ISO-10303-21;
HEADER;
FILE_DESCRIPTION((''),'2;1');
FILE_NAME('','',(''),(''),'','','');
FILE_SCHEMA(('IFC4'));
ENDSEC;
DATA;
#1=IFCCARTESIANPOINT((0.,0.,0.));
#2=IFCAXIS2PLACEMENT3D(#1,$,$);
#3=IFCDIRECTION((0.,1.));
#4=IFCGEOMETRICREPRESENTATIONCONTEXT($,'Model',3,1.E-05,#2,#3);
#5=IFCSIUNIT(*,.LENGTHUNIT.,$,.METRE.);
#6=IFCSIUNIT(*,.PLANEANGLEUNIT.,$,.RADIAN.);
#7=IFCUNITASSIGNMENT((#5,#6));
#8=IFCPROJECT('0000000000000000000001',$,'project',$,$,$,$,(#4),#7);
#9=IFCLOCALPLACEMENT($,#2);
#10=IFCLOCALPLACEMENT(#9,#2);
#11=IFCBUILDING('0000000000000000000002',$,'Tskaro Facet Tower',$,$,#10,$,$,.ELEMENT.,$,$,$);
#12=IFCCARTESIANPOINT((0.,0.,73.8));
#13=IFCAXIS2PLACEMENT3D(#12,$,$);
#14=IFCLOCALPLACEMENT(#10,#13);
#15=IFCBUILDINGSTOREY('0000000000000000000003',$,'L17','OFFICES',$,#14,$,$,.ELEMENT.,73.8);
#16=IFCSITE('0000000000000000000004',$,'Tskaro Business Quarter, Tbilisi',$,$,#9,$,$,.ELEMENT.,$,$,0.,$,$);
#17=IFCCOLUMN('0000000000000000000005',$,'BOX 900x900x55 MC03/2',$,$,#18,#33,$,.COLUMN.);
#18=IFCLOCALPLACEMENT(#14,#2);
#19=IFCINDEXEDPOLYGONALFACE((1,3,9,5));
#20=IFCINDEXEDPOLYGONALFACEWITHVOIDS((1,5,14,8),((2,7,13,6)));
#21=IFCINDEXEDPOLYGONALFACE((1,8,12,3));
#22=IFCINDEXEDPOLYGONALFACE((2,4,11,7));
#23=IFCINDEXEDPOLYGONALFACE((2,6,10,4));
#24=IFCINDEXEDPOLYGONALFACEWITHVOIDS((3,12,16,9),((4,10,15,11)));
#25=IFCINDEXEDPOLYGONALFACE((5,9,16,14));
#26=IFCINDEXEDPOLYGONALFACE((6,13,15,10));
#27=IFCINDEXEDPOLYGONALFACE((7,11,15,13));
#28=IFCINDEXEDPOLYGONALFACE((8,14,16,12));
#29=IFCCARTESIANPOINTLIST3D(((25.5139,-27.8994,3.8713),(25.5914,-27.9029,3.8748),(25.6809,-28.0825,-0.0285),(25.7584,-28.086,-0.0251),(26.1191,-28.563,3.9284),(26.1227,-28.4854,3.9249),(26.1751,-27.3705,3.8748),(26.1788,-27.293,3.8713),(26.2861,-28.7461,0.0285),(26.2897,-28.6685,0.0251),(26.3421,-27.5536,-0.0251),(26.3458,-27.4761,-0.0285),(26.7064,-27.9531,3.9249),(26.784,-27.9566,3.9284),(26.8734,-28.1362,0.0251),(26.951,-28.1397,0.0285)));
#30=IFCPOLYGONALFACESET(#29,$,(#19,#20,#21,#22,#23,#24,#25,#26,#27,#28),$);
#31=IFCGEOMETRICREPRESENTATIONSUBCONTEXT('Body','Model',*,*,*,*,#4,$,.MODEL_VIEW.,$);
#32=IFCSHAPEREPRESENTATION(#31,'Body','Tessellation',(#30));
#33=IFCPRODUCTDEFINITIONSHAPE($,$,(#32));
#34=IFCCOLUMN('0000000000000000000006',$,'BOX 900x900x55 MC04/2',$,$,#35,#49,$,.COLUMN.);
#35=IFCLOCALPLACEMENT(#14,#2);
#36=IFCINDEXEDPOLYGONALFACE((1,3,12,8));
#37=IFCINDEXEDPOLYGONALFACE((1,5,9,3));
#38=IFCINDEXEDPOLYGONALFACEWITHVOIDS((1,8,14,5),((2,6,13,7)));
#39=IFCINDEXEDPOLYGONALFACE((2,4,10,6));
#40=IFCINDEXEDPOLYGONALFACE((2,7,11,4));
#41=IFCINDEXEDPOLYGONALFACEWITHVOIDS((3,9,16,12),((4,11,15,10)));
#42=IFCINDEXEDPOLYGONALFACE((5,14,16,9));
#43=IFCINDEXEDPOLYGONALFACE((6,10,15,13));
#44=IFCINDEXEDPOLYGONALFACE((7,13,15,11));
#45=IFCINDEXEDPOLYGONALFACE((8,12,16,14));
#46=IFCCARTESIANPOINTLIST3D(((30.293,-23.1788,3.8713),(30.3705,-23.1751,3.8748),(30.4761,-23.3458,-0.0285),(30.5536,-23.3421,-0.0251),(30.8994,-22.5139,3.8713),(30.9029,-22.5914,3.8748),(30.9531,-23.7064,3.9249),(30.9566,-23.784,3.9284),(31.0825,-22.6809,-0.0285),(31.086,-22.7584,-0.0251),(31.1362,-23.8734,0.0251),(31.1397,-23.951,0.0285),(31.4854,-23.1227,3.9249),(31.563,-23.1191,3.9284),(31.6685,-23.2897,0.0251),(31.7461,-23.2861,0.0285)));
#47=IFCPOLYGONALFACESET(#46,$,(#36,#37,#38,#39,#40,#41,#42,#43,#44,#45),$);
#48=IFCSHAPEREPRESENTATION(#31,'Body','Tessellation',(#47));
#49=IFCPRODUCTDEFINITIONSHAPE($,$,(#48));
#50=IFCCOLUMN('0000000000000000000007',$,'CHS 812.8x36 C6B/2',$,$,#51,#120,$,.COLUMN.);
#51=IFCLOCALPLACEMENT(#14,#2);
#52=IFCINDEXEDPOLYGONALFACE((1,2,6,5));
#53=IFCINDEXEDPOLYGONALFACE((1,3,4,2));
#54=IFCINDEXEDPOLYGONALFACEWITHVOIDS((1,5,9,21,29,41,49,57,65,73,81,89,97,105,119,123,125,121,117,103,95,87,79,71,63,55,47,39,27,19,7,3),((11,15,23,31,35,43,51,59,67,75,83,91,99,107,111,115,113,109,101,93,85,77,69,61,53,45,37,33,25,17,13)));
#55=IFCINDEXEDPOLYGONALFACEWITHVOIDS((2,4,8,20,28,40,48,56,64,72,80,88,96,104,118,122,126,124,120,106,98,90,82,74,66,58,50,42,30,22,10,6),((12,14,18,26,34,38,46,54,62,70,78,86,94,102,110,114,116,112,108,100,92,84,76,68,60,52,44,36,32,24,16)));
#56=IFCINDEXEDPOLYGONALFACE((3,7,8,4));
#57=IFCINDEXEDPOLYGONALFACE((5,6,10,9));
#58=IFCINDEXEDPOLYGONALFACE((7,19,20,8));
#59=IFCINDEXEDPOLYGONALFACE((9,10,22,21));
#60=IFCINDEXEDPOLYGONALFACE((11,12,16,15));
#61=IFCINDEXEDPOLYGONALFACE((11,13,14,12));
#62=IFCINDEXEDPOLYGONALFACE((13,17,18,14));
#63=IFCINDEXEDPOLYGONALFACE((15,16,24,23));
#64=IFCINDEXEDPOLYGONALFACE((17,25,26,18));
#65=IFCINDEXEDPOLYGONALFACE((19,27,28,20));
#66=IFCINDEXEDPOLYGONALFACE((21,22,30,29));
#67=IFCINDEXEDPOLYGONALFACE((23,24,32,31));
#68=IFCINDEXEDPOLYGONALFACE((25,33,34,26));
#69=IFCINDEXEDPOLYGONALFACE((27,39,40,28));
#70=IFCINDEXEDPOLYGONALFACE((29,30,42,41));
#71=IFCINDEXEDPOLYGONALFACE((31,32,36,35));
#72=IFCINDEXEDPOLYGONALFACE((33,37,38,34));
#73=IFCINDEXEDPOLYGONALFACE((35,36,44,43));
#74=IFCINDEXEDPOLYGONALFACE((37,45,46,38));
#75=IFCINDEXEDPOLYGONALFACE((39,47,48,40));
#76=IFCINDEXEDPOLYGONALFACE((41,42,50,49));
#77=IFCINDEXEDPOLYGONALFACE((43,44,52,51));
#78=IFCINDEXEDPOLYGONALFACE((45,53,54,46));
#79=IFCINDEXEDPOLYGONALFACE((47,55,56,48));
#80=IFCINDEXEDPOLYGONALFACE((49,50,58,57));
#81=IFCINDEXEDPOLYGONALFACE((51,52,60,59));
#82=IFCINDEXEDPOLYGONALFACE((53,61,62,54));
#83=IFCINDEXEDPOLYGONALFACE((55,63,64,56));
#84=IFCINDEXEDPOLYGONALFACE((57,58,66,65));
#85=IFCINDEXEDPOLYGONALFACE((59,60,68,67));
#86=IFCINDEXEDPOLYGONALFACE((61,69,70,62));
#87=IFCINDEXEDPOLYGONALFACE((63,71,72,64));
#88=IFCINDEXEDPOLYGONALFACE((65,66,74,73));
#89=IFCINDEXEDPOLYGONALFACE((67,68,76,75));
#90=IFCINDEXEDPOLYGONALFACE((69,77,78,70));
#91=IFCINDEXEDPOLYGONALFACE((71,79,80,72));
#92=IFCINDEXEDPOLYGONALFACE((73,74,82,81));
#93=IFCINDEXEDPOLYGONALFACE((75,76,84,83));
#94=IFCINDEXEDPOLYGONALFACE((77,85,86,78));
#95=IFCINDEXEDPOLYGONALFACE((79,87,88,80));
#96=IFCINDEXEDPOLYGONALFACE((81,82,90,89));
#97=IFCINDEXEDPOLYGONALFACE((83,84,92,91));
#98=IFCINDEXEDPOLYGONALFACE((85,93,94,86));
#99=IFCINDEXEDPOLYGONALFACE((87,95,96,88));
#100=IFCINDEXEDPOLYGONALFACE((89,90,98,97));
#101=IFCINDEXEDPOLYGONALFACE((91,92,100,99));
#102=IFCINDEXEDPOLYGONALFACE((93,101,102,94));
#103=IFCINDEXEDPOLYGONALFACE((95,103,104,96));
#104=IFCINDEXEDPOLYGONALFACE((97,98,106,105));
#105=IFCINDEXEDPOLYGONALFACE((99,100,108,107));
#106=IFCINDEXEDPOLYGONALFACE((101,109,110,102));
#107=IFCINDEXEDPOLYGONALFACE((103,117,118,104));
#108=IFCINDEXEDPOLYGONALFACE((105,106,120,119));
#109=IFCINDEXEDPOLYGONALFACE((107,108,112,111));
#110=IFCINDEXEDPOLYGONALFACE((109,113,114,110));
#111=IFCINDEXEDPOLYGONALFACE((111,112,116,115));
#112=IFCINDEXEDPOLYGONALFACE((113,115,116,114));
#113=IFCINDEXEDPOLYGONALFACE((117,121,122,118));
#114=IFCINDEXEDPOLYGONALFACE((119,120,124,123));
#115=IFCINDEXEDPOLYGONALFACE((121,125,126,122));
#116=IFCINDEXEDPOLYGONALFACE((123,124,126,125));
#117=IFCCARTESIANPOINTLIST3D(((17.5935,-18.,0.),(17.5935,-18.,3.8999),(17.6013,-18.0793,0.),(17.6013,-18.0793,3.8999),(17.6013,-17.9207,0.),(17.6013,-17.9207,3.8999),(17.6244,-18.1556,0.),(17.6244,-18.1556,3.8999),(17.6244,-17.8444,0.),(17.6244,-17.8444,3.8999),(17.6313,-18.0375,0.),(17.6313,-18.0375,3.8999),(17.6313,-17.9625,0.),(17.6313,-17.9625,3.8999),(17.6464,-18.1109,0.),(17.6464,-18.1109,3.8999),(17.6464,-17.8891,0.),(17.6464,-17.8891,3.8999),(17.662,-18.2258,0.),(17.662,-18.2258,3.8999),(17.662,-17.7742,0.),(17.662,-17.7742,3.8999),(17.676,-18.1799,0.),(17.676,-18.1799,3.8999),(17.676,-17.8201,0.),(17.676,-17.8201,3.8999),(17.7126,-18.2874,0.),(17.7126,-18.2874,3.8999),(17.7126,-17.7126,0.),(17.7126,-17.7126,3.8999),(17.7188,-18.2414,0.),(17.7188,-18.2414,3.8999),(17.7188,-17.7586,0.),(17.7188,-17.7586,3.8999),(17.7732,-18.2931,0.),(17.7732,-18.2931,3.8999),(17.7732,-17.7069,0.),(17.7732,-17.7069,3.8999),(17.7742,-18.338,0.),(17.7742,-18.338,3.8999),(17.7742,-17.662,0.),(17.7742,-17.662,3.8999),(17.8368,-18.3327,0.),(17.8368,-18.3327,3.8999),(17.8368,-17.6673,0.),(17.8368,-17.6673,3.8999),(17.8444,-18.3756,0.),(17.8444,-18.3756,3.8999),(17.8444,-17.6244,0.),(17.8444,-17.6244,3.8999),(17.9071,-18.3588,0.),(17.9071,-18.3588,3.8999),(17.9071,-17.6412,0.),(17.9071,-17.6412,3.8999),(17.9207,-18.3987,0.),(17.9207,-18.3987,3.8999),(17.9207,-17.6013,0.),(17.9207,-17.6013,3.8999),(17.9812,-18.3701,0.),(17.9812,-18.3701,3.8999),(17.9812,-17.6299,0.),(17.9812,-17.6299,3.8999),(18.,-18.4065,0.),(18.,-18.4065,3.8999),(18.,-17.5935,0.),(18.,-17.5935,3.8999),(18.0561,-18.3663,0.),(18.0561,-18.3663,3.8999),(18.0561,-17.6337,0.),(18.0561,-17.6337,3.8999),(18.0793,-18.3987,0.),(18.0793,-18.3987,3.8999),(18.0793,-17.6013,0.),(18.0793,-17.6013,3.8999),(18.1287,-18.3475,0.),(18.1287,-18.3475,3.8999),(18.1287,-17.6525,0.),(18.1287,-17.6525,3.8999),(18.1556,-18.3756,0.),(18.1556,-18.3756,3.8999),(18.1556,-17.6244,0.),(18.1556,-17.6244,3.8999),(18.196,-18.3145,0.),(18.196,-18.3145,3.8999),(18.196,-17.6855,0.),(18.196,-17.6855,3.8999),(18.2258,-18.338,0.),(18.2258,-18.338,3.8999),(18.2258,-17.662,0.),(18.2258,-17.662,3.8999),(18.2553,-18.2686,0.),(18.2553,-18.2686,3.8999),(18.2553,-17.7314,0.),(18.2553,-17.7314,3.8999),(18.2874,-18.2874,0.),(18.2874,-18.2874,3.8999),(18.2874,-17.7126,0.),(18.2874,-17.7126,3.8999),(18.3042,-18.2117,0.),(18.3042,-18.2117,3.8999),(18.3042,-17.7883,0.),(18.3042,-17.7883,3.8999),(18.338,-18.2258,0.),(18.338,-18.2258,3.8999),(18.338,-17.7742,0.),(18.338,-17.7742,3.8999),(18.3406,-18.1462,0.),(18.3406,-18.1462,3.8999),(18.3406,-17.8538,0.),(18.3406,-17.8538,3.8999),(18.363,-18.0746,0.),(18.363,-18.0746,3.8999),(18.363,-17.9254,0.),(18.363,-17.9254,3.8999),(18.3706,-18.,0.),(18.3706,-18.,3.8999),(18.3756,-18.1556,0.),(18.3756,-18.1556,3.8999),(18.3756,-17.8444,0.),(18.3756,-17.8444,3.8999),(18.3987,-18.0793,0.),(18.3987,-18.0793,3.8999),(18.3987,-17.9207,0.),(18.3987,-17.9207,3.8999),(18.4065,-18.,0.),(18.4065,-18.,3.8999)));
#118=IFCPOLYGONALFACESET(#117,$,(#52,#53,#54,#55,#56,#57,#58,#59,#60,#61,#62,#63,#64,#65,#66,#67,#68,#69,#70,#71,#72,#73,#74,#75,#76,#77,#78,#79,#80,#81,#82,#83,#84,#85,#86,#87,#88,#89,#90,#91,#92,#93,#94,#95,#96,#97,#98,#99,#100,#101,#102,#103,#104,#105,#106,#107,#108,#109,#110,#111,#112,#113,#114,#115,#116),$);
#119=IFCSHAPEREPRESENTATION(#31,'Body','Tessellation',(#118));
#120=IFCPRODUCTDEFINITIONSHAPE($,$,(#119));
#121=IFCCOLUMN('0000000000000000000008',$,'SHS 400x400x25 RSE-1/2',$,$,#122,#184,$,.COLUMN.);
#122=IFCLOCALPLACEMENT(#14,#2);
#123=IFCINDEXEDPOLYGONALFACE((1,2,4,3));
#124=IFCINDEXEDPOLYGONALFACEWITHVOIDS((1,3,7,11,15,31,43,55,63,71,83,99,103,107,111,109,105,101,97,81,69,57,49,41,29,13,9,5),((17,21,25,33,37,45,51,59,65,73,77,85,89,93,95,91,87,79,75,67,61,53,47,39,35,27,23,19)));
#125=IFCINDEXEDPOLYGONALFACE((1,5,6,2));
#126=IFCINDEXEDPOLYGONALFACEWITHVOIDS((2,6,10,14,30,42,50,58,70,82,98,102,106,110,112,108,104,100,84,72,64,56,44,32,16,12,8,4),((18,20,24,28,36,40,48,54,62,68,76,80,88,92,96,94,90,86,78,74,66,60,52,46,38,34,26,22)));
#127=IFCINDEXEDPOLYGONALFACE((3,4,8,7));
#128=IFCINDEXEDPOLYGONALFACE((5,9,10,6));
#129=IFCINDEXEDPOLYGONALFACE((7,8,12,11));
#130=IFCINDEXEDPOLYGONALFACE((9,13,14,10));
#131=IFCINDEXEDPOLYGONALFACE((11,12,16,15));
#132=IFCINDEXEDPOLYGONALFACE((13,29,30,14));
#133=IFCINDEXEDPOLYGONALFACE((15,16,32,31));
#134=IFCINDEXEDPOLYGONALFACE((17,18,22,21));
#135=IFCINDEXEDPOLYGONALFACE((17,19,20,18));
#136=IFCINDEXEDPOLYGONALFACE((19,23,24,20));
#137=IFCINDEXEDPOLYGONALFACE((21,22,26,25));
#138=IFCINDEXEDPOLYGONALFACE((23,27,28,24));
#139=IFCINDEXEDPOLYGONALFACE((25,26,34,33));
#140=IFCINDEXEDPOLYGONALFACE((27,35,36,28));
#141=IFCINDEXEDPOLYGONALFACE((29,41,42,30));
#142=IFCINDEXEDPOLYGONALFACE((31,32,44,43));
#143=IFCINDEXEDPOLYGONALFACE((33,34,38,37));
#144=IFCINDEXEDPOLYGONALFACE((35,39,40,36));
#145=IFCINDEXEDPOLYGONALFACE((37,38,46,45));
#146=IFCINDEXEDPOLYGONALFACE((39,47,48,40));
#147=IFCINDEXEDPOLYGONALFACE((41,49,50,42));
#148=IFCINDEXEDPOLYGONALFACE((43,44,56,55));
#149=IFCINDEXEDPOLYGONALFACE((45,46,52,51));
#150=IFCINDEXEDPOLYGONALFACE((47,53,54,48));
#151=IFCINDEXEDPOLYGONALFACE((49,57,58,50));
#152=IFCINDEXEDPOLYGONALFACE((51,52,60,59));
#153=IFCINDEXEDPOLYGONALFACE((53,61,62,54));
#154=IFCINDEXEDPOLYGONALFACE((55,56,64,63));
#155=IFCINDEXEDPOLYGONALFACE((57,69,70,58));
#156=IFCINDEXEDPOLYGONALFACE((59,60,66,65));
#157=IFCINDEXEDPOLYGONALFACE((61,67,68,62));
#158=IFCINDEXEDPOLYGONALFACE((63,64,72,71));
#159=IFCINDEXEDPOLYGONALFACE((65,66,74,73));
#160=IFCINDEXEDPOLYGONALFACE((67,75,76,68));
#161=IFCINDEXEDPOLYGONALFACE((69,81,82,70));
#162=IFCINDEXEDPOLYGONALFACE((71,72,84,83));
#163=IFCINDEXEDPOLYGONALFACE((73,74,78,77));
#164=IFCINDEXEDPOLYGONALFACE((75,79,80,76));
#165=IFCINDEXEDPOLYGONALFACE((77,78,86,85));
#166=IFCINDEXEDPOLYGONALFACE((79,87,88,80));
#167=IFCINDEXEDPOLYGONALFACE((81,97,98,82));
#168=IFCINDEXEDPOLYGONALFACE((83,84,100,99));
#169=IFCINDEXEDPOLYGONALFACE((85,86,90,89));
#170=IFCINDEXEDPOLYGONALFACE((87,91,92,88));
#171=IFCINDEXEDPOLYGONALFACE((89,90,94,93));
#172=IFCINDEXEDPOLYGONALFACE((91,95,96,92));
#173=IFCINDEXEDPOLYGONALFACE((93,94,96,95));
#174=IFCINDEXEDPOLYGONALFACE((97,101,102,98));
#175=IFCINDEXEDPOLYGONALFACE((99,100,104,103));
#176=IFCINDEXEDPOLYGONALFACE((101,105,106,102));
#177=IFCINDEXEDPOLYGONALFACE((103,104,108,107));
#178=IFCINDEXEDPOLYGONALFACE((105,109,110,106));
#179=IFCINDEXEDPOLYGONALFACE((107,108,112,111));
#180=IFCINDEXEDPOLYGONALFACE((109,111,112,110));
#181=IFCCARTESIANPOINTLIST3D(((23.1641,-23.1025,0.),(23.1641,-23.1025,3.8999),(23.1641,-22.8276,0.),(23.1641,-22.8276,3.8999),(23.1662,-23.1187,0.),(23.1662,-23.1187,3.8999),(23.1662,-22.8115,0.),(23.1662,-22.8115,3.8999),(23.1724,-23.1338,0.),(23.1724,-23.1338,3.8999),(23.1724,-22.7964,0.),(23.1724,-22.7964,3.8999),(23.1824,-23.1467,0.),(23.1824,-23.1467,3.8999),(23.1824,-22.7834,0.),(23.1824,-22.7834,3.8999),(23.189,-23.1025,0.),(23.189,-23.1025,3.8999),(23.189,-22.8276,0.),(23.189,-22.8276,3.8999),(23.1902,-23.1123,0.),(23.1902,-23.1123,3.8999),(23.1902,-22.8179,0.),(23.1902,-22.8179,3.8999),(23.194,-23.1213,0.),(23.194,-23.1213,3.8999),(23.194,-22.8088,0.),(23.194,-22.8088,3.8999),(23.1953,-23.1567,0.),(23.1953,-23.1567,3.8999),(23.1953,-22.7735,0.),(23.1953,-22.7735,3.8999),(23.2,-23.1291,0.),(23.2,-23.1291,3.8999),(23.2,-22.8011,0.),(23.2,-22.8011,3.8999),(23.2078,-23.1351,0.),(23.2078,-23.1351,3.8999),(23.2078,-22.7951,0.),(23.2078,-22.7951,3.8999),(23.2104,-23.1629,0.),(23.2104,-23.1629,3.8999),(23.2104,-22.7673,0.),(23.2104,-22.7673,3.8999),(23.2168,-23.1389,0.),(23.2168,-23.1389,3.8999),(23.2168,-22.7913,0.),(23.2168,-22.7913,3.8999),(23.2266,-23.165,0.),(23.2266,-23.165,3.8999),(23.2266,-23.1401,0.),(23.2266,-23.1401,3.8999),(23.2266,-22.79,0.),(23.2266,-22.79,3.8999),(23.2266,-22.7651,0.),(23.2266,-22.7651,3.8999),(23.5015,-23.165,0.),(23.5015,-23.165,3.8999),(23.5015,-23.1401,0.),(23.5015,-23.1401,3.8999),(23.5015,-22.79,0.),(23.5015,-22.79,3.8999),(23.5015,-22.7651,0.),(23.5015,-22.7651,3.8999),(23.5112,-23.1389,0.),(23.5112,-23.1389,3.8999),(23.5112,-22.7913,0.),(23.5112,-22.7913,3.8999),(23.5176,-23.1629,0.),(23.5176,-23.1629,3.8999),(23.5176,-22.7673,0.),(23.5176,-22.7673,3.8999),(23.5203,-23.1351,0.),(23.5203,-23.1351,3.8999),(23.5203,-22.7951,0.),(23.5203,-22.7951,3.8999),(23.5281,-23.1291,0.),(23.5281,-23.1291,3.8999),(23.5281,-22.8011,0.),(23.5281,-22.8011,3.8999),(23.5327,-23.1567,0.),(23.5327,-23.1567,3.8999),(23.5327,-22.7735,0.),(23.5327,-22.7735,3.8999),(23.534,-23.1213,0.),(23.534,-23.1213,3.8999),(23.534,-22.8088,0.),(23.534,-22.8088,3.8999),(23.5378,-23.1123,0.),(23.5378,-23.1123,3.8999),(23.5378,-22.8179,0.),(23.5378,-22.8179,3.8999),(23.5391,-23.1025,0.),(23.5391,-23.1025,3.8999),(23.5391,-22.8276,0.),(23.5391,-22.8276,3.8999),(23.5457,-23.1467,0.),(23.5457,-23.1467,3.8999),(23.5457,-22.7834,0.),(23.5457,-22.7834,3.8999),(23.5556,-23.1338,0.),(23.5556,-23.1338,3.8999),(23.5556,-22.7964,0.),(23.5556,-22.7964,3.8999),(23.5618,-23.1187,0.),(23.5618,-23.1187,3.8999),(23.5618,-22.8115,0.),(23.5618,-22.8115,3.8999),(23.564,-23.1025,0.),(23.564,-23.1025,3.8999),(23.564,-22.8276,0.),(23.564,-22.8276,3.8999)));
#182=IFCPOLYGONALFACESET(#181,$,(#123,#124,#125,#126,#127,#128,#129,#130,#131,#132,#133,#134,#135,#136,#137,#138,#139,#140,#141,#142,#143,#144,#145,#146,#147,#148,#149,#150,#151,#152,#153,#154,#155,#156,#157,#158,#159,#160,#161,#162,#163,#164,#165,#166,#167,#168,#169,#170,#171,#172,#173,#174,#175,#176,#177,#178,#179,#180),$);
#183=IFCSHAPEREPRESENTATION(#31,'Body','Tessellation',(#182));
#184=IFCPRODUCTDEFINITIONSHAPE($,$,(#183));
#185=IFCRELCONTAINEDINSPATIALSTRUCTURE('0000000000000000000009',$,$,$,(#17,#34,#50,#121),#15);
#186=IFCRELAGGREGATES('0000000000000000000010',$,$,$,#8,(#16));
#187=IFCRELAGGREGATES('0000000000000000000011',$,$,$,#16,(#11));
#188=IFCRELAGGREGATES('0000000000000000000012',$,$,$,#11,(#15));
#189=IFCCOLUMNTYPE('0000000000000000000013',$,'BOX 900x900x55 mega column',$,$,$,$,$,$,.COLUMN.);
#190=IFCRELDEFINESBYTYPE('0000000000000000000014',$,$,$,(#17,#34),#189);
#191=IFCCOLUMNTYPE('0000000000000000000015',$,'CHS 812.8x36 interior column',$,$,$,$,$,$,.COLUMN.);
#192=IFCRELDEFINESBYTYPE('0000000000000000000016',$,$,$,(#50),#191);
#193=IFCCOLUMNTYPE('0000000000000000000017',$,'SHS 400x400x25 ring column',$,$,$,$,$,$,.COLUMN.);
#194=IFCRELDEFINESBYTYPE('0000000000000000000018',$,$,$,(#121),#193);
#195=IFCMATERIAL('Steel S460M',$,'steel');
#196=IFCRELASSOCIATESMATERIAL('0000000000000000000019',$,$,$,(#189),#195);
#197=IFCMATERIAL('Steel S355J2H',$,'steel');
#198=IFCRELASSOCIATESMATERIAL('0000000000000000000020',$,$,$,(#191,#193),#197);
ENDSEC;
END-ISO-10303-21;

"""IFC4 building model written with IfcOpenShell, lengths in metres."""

from ifc_helpers import new_model, si_unit, direction, frame, origin, origin_2d, place, context, subcontext, project, spatial, hollow_rectangle, hollow_circle, extrude, material, material_profile, profile_set, type_object, element, save


model = new_model("IFC4")

# Units and contexts
model_context = context("Model", 3, precision=1e-05, world=origin(), true_north=direction((0.0, 1.0)))
body_context = subcontext(model_context, "Body", "Model", "MODEL_VIEW")
ifc_project = project(units=[si_unit("LENGTHUNIT", "METRE"), si_unit("PLANEANGLEUNIT", "RADIAN")], contexts=[model_context])

# Site, building, storey
site_placement = place(None, origin())
site = spatial("IfcSite", under=ifc_project, at=site_placement, Name="Tskaro Business Quarter, Tbilisi", CompositionType="ELEMENT", RefElevation=0.0)
building_placement = place(site_placement, origin())
building = spatial("IfcBuilding", under=site, at=building_placement, Name="Tskaro Facet Tower", CompositionType="ELEMENT")
storey_placement = place(building_placement, frame((0.0, 0.0, 73.8)))
storey = spatial("IfcBuildingStorey", under=building, at=storey_placement, Name="L17", Description="OFFICES", CompositionType="ELEMENT", Elevation=73.8)

# Columns
ifc_material_1 = material(Name="Steel S460M", Category="steel")
ifc_material_profile_1 = material_profile(ifc_material_1, hollow_rectangle(XDim=0.8999, YDim=0.8999, WallThickness=0.0549, at=origin_2d()), Name="BOX 900x900x55")
ifc_profile_set_1 = profile_set([ifc_material_profile_1], Name="Steel S460M")
column_type_1 = type_object("IfcColumnType", Name="BOX 900x900x55 mega column", PredefinedType="COLUMN", material=ifc_profile_set_1)
for number, where, z_axis, x_axis, name in (
    (1, (26.3159, -28.1111, 0.0), (-0.042733, 0.046857, 0.997987), (-0.738869, -0.673849, 0.0), "BOX 900x900x55 MC03/2"),
    (2, (31.1111, -23.3159, 0.0), (-0.046857, 0.042733, 0.997987), (-0.673849, -0.738869, 0.0), "BOX 900x900x55 MC04/2"),
):
    element("IfcColumn", number, at=place(storey_placement, frame(where, z_axis=z_axis, x_axis=x_axis)), inside=storey, type_object=column_type_1, Name=name, PredefinedType="COLUMN", context=body_context, shape_type="SweptSolid", body=[
        extrude(hollow_rectangle(XDim=0.8999, YDim=0.8999, WallThickness=0.0549, at=origin_2d()), origin(), (0.0, 0.0, 1.0), 3.9077),
    ])
ifc_material_2 = material(Name="Steel S355J2H", Category="steel")
ifc_material_profile_2 = material_profile(ifc_material_2, hollow_circle(Radius=0.4065, WallThickness=0.0359, at=origin_2d()), Name="CHS 812.8x36")
ifc_profile_set_2 = profile_set([ifc_material_profile_2], Name="Steel S355J2H")
column_type_2 = type_object("IfcColumnType", Name="CHS 812.8x36 interior column", PredefinedType="COLUMN", material=ifc_profile_set_2)
column_placement = place(storey_placement, frame((18.0, -18.0, 0.0), z_axis=(0.0, 0.0, 1.0), x_axis=(1.0, 0.0, 0.0)))
element("IfcColumn", 3, at=column_placement, inside=storey, type_object=column_type_2, Name="CHS 812.8x36 C6B/2", PredefinedType="COLUMN", context=body_context, shape_type="SweptSolid", body=[
    extrude(hollow_circle(Radius=0.4065, WallThickness=0.0359, at=origin_2d()), origin(), (0.0, 0.0, 1.0), 3.8999),
])
ifc_material_profile_3 = material_profile(ifc_material_2, hollow_rectangle(XDim=0.3999, YDim=0.3999, WallThickness=0.0249, InnerFilletRadius=0.0376, OuterFilletRadius=0.0625, at=origin_2d()), Name="SHS 400x400x25")
ifc_profile_set_3 = profile_set([ifc_material_profile_3], Name="Steel S355J2H")
column_type_3 = type_object("IfcColumnType", Name="SHS 400x400x25 ring column", PredefinedType="COLUMN", material=ifc_profile_set_3)
for number, where, z_axis, x_axis, name in (
    (4, (23.364, -22.9651, 0.0), (0.0, 0.0, 1.0), (1.0, 0.0, 0.0), "SHS 400x400x25 RSE-1/2"),
):
    element("IfcColumn", number, at=place(storey_placement, frame(where, z_axis=z_axis, x_axis=x_axis)), inside=storey, type_object=column_type_3, Name=name, PredefinedType="COLUMN", context=body_context, shape_type="SweptSolid", body=[
        extrude(hollow_rectangle(XDim=0.3999, YDim=0.3999, WallThickness=0.0249, InnerFilletRadius=0.0376, OuterFilletRadius=0.0625, at=origin_2d()), origin(), (0.0, 0.0, 1.0), 3.8999),
    ])

save(model, "model.ifc")
